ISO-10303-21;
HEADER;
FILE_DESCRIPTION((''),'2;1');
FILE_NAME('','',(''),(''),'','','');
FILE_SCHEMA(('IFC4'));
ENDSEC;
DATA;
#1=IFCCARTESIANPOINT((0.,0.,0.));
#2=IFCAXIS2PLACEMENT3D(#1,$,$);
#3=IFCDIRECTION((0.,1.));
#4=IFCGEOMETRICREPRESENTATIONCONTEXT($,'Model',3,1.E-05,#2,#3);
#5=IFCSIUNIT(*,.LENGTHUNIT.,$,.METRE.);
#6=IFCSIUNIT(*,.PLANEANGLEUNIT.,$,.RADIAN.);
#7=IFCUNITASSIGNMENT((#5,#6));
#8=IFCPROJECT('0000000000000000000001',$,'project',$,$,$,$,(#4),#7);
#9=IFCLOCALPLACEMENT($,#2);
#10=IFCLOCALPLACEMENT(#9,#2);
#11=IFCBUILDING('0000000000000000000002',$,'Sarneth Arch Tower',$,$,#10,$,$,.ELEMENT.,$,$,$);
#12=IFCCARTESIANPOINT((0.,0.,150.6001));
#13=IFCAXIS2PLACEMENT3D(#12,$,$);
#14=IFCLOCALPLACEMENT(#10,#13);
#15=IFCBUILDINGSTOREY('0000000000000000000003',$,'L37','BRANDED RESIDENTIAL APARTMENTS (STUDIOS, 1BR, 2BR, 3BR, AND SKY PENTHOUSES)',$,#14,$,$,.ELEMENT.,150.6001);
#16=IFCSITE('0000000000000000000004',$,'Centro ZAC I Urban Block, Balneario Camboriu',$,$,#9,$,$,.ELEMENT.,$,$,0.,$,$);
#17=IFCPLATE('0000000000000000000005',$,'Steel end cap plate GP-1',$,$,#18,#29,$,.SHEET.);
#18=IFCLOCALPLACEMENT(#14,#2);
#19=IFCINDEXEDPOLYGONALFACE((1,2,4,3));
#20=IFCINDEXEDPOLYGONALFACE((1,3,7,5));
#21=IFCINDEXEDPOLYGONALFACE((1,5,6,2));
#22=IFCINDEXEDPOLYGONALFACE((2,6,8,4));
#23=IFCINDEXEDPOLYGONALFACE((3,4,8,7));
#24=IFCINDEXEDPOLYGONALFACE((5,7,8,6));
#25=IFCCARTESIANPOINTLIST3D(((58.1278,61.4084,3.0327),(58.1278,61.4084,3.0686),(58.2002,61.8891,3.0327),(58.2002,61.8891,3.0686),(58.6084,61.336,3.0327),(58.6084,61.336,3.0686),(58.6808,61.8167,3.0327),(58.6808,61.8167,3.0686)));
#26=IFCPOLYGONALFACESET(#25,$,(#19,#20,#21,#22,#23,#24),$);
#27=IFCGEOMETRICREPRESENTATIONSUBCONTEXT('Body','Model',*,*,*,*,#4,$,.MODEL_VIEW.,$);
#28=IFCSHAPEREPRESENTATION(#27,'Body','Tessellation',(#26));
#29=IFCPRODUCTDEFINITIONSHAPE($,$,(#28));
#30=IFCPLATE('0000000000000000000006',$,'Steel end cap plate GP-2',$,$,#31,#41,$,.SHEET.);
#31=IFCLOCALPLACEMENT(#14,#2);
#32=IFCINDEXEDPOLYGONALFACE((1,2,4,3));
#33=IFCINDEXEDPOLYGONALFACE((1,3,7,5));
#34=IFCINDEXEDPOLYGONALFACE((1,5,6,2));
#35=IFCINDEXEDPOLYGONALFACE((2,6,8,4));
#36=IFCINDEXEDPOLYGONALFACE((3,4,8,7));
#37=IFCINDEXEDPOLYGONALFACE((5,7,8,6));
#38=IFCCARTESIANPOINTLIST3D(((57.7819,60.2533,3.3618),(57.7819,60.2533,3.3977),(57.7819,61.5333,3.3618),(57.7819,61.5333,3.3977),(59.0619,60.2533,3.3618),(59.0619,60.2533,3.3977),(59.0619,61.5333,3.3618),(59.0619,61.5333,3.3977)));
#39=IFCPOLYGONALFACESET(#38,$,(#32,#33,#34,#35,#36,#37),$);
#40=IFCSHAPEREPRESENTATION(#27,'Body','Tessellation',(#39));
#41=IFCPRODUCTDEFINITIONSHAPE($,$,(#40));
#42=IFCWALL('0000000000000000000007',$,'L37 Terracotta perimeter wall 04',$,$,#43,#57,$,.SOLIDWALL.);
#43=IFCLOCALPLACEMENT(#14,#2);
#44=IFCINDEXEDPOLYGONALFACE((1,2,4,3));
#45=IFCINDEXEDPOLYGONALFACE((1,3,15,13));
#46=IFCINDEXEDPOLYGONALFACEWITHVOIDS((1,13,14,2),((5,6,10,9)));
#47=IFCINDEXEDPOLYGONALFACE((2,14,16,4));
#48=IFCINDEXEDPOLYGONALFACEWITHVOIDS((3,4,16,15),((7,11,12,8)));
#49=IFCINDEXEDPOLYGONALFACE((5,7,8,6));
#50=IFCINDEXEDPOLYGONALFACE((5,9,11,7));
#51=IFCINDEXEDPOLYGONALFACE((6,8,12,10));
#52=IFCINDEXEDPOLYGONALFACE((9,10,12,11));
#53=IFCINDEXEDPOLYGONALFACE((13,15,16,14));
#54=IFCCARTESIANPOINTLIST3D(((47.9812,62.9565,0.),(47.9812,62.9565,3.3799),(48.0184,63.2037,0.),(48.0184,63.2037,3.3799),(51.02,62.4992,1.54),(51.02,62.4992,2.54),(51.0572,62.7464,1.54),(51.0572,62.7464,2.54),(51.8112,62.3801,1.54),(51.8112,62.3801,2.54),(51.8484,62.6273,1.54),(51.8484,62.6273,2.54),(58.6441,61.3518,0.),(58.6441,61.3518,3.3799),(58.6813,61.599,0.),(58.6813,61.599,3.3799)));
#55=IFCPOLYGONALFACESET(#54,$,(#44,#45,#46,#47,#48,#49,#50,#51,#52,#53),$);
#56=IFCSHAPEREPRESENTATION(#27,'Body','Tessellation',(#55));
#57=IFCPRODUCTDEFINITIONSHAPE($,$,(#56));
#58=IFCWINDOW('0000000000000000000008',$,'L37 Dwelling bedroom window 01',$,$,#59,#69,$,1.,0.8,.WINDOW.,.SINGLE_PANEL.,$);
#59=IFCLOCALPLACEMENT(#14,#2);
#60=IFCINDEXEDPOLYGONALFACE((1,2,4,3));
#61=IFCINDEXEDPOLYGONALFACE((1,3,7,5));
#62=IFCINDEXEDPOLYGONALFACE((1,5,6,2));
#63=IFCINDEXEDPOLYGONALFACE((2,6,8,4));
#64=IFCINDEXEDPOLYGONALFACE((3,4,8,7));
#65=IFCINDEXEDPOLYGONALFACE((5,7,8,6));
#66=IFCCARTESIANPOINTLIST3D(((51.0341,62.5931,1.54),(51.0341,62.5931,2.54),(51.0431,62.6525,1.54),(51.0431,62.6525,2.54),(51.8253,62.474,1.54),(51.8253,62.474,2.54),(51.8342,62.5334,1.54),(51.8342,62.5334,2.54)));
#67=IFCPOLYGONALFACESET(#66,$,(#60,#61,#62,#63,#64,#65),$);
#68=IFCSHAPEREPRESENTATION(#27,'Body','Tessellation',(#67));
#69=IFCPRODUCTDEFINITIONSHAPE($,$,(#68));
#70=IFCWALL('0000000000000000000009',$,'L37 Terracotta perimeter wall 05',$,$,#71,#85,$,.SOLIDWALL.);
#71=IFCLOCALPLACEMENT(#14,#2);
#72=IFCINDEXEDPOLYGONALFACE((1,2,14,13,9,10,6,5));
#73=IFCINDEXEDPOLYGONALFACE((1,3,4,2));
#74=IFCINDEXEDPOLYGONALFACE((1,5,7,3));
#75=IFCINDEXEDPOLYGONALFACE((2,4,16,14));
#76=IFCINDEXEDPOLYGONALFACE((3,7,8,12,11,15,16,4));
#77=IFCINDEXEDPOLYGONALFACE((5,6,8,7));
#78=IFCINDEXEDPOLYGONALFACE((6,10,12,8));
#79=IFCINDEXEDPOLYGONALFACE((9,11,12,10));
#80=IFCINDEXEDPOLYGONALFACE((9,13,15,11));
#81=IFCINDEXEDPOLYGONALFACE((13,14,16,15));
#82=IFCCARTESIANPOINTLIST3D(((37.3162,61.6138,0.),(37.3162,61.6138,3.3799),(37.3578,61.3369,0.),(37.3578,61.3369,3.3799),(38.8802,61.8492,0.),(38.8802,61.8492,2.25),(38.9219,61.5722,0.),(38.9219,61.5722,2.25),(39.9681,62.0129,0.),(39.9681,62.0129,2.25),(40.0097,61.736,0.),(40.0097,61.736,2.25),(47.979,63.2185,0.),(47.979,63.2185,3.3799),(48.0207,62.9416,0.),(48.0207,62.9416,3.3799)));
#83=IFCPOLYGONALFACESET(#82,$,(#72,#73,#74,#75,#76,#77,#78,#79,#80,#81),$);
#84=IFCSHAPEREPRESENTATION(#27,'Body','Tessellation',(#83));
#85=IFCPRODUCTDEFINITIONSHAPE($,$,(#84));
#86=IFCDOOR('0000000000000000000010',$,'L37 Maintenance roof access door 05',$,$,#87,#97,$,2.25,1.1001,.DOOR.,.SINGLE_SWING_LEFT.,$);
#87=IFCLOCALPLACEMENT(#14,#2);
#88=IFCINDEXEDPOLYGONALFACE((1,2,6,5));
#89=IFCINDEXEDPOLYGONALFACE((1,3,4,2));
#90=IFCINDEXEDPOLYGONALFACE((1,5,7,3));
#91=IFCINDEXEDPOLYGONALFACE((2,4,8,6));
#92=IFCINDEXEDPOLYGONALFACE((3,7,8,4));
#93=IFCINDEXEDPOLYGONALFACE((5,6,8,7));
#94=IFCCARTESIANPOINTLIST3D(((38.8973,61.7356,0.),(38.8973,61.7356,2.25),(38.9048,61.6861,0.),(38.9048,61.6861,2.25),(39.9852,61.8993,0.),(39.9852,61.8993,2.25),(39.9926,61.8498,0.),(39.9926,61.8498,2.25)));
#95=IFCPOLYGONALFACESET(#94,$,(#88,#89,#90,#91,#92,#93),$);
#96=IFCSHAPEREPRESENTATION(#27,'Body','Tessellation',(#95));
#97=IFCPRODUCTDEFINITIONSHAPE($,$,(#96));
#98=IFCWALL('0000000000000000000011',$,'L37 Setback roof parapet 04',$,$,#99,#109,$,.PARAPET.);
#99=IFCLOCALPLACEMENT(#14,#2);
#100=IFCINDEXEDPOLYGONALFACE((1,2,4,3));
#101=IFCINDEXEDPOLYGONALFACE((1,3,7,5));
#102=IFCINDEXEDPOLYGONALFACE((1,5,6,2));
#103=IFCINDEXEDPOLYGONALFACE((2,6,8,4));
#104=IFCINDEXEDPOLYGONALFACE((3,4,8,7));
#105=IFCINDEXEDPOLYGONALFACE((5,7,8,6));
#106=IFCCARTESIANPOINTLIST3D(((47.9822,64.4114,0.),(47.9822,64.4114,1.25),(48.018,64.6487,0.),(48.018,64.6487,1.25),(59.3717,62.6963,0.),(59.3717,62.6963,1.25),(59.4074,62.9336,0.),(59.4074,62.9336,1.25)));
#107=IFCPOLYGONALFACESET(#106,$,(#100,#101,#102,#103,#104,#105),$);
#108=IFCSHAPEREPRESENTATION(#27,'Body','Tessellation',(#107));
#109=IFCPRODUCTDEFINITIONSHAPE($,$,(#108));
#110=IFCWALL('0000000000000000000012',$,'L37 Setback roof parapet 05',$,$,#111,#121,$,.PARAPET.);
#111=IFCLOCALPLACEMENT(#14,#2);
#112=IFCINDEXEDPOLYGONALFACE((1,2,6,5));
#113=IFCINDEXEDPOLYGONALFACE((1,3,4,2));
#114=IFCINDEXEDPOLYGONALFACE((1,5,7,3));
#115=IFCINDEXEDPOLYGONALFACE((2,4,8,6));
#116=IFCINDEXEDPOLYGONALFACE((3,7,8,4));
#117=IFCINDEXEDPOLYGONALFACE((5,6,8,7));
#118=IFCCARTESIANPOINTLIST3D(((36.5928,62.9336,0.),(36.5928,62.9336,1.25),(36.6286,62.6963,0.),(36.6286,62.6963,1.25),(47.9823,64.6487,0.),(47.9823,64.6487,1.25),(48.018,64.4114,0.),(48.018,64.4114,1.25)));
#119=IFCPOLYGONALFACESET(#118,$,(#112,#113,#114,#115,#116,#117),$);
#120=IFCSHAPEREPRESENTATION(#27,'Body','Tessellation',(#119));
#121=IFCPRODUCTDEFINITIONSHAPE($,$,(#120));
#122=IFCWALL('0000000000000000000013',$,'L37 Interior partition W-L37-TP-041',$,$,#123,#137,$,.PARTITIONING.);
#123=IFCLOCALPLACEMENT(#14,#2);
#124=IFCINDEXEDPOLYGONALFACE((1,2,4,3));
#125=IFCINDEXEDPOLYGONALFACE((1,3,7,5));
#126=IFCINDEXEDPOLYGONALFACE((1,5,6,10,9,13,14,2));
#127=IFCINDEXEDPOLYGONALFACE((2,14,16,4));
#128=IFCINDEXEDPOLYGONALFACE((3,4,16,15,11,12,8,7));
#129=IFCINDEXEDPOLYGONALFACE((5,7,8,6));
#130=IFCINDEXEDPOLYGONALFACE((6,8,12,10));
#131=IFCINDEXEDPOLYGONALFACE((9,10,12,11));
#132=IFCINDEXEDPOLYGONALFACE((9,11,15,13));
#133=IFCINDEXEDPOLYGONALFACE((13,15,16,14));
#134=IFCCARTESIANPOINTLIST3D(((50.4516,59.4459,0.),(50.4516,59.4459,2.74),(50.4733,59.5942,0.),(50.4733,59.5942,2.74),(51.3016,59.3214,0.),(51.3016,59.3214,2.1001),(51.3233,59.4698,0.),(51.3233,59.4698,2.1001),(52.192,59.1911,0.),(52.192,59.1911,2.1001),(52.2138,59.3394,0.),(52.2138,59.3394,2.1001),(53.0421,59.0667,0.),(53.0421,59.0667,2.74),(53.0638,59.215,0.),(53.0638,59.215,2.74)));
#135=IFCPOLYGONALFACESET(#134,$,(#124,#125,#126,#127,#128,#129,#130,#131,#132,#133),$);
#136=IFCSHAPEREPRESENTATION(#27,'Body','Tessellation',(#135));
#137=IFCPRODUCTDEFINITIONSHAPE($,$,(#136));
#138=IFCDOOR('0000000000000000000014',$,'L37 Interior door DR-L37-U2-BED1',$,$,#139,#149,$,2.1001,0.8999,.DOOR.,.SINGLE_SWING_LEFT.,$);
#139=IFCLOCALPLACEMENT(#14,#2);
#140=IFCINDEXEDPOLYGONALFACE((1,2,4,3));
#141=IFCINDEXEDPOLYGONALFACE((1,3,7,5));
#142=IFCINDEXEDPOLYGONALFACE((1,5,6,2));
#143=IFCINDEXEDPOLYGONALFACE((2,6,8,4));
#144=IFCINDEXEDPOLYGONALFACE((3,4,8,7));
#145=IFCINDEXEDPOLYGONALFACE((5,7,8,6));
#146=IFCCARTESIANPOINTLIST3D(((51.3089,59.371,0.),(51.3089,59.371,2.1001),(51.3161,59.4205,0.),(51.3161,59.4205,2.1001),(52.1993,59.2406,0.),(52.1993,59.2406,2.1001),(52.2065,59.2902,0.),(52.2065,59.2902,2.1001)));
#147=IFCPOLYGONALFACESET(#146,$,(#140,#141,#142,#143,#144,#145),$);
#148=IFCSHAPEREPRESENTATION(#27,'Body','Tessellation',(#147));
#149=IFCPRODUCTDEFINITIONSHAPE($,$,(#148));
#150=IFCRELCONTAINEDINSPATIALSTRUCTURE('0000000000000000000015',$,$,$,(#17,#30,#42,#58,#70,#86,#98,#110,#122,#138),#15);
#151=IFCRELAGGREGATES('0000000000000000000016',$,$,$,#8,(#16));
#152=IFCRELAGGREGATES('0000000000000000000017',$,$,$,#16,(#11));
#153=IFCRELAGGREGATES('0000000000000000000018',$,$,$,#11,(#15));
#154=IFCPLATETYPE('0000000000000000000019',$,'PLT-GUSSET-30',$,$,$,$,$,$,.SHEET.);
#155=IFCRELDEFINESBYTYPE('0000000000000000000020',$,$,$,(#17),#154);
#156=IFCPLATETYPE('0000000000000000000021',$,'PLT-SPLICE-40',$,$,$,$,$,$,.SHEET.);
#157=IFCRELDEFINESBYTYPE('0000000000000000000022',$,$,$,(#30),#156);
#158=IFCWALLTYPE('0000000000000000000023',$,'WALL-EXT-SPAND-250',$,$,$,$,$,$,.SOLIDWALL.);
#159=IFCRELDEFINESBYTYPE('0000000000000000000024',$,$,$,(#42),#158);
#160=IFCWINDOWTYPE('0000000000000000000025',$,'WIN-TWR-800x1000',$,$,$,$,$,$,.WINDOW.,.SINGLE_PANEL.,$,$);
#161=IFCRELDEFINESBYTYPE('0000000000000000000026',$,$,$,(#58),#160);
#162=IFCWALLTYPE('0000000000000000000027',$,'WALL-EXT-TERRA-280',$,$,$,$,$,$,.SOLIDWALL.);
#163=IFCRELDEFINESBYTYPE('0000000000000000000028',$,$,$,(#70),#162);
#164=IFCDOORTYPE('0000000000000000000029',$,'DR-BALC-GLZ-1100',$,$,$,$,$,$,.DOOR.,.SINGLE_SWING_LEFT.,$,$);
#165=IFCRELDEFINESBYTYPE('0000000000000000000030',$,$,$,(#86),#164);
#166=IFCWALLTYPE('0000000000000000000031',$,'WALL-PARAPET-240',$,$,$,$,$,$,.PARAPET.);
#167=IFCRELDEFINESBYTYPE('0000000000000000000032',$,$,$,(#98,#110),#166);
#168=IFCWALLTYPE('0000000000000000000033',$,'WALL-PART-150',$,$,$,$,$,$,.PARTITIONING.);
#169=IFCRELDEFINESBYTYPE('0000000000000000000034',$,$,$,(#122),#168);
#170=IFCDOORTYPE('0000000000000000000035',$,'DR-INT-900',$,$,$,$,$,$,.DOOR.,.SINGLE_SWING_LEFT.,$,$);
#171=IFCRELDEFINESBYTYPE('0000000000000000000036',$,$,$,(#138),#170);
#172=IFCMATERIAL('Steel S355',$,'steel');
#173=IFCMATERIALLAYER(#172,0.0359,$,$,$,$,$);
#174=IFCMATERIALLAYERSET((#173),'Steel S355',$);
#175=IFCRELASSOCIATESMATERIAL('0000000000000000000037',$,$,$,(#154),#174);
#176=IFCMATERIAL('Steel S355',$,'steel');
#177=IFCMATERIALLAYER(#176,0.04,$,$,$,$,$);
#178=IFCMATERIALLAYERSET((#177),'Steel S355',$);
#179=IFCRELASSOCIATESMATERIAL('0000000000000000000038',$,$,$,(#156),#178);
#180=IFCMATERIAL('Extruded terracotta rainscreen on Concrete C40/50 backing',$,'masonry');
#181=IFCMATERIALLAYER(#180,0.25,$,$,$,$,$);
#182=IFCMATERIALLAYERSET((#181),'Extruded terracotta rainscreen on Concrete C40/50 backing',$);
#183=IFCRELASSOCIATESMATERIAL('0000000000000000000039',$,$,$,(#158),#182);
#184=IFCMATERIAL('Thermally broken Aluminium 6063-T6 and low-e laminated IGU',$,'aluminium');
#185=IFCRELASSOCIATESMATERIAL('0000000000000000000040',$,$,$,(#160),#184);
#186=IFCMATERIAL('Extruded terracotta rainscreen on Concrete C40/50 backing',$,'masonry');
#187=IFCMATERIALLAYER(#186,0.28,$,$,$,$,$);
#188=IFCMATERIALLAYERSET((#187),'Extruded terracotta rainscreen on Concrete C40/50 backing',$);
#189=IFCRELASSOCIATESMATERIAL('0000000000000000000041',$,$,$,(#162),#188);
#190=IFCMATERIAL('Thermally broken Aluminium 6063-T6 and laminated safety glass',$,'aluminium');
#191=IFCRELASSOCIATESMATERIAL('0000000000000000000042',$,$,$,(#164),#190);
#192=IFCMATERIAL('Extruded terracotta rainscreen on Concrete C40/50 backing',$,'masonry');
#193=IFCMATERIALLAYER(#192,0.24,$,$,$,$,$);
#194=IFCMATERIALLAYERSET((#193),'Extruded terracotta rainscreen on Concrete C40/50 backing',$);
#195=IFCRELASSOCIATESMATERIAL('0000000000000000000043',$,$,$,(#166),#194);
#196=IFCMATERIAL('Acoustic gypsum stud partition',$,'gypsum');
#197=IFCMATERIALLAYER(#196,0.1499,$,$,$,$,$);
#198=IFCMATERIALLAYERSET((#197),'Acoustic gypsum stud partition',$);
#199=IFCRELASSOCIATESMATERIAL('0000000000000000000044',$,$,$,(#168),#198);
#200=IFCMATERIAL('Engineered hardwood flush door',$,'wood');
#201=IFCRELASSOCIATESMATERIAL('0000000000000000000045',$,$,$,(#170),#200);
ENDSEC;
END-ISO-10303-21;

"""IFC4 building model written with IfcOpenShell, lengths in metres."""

from ifc_helpers import new_model, si_unit, direction, frame, frame_2d, origin, origin_2d, place, context, subcontext, project, spatial, rectangle, extrude, material, layer, layer_set, type_object, element, fill, save


model = new_model("IFC4")

# Units and contexts
model_context = context("Model", 3, precision=1e-05, world=origin(), true_north=direction((0.0, 1.0)))
body_context = subcontext(model_context, "Body", "Model", "MODEL_VIEW")
ifc_project = project(units=[si_unit("LENGTHUNIT", "METRE"), si_unit("PLANEANGLEUNIT", "RADIAN")], contexts=[model_context])

# Site, building, storey
site_placement = place(None, origin())
site = spatial("IfcSite", under=ifc_project, at=site_placement, Name="Centro ZAC I Urban Block, Balneario Camboriu", CompositionType="ELEMENT", RefElevation=0.0)
building_placement = place(site_placement, origin())
building = spatial("IfcBuilding", under=site, at=building_placement, Name="Sarneth Arch Tower", CompositionType="ELEMENT")
storey_placement = place(building_placement, frame((0.0, 0.0, 150.6001)))
storey = spatial("IfcBuildingStorey", under=building, at=storey_placement, Name="L37", Description="BRANDED RESIDENTIAL APARTMENTS (STUDIOS, 1BR, 2BR, 3BR, AND SKY PENTHOUSES)", CompositionType="ELEMENT", Elevation=150.6001)

# Plates
ifc_material_1 = material(Name="Steel S355", Category="steel")
ifc_layer_1 = layer(ifc_material_1, 0.0359)
ifc_layer_set_1 = layer_set([ifc_layer_1], Name="Steel S355")
plate_type_1 = type_object("IfcPlateType", Name="PLT-GUSSET-30", PredefinedType="SHEET", material=ifc_layer_set_1)
for number, where, z_axis, x_axis, name in (
    (1, (58.4043, 61.6125, 3.0327), (0.0, 0.0, 1.0), (-0.988835, 0.149018, 0.0), "Steel end cap plate GP-1"),
):
    element("IfcPlate", number, at=place(storey_placement, frame(where, z_axis=z_axis, x_axis=x_axis)), inside=storey, type_object=plate_type_1, Name=name, PredefinedType="SHEET", context=body_context, shape_type="SweptSolid", body=[
        extrude(rectangle(XDim=0.4861, YDim=0.4861, at=origin_2d()), origin(), (0.0, 0.0, 1.0), 0.0359),
    ])
ifc_material_2 = material(Name="Steel S355", Category="steel")
ifc_layer_2 = layer(ifc_material_2, 0.04)
ifc_layer_set_2 = layer_set([ifc_layer_2], Name="Steel S355")
plate_type_2 = type_object("IfcPlateType", Name="PLT-SPLICE-40", PredefinedType="SHEET", material=ifc_layer_set_2)
plate_placement = place(storey_placement, frame((58.4219, 60.8933, 3.3618), z_axis=(0.0, 0.0, 1.0), x_axis=(1.0, 0.0, 0.0)))
element("IfcPlate", 2, at=plate_placement, inside=storey, type_object=plate_type_2, Name="Steel end cap plate GP-2", PredefinedType="SHEET", context=body_context, shape_type="SweptSolid", body=[
    extrude(rectangle(XDim=1.28, YDim=1.28, at=origin_2d()), origin(), (0.0, 0.0, 1.0), 0.0359),
])

# Wall, opening, window
ifc_material_3 = material(Name="Extruded terracotta rainscreen on Concrete C40/50 backing", Category="masonry")
ifc_layer_3 = layer(ifc_material_3, 0.25)
ifc_layer_set_3 = layer_set([ifc_layer_3], Name="Extruded terracotta rainscreen on Concrete C40/50 backing")
wall_type_1 = type_object("IfcWallType", Name="WALL-EXT-SPAND-250", PredefinedType="SOLIDWALL", material=ifc_layer_set_3)
wall_1_placement = place(storey_placement, frame((58.6628, 61.4753, 0.0), z_axis=(0.0, 0.0, 1.0), x_axis=(-0.988864, 0.148822, 0.0)))
wall_1 = element("IfcWall", 3, at=wall_1_placement, inside=storey, type_object=wall_type_1, Name="L37 Terracotta perimeter wall 04", PredefinedType="SOLIDWALL", context=body_context, shape_type="SweptSolid", body=[
    extrude(rectangle(XDim=10.783, YDim=0.25, at=frame_2d((5.3916, 0.0))), origin(), (0.0, 0.0, 1.0), 3.3799),
])
opening_1_placement = place(wall_1_placement, frame((6.9102, 0.0, 1.54)))
opening_1 = element("IfcOpeningElement", 4, at=opening_1_placement, cuts=wall_1, PredefinedType="OPENING", context=body_context, shape_type="SweptSolid", body=[
    extrude(rectangle(XDim=0.8, YDim=1.0, at=frame_2d((0.3999, 0.5))), frame((0.0, 0.135, 0.0), z_axis=(0.0, -1.0, 0.0), x_axis=(1.0, 0.0, 0.0)), (0.0, 0.0, 1.0), 0.27),
])
ifc_material_4 = material(Name="Thermally broken Aluminium 6063-T6 and low-e laminated IGU", Category="aluminium")
window_type = type_object("IfcWindowType", Name="WIN-TWR-800x1000", PartitioningType="SINGLE_PANEL", PredefinedType="WINDOW", material=ifc_material_4)
window_placement = place(opening_1_placement, origin())
window = element("IfcWindow", 5, at=window_placement, inside=storey, type_object=window_type, Name="L37 Dwelling bedroom window 01", OverallHeight=1.0, OverallWidth=0.8, PartitioningType="SINGLE_PANEL", PredefinedType="WINDOW", context=body_context, shape_type="SweptSolid", body=[
    extrude(rectangle(XDim=0.8, YDim=1.0, at=frame_2d((0.3999, 0.5))), frame((0.0, 0.03, 0.0), z_axis=(0.0, -1.0, 0.0), x_axis=(1.0, 0.0, 0.0)), (0.0, 0.0, 1.0), 0.0601),
])
fill(opening_1, window)

# Wall, opening, door
ifc_material_5 = material(Name="Extruded terracotta rainscreen on Concrete C40/50 backing", Category="masonry")
ifc_layer_4 = layer(ifc_material_5, 0.28)
ifc_layer_set_4 = layer_set([ifc_layer_4], Name="Extruded terracotta rainscreen on Concrete C40/50 backing")
wall_type_2 = type_object("IfcWallType", Name="WALL-EXT-TERRA-280", PredefinedType="SOLIDWALL", material=ifc_layer_set_4)
wall_2_placement = place(storey_placement, frame((48.0, 63.0801, 0.0), z_axis=(0.0, 0.0, 1.0), x_axis=(-0.988864, -0.148822, 0.0)))
wall_2 = element("IfcWall", 6, at=wall_2_placement, inside=storey, type_object=wall_type_2, Name="L37 Terracotta perimeter wall 05", PredefinedType="SOLIDWALL", context=body_context, shape_type="SweptSolid", body=[
    extrude(rectangle(XDim=10.783, YDim=0.28, at=frame_2d((5.3916, 0.0))), origin(), (0.0, 0.0, 1.0), 3.3799),
])
opening_2_placement = place(wall_2_placement, frame((8.1013, 0.0, 0.0)))
opening_2 = element("IfcOpeningElement", 7, at=opening_2_placement, cuts=wall_2, PredefinedType="OPENING", context=body_context, shape_type="SweptSolid", body=[
    extrude(rectangle(XDim=1.1001, YDim=2.25, at=frame_2d((0.55, 1.125))), frame((0.0, 0.1499, 0.0), z_axis=(0.0, -1.0, 0.0), x_axis=(1.0, 0.0, 0.0)), (0.0, 0.0, 1.0), 0.3),
])
ifc_material_6 = material(Name="Thermally broken Aluminium 6063-T6 and laminated safety glass", Category="aluminium")
door_type_1 = type_object("IfcDoorType", Name="DR-BALC-GLZ-1100", OperationType="SINGLE_SWING_LEFT", PredefinedType="DOOR", material=ifc_material_6)
door_1_placement = place(opening_2_placement, origin())
door_1 = element("IfcDoor", 8, at=door_1_placement, inside=storey, type_object=door_type_1, Name="L37 Maintenance roof access door 05", OperationType="SINGLE_SWING_LEFT", OverallHeight=2.25, OverallWidth=1.1001, PredefinedType="DOOR", context=body_context, shape_type="SweptSolid", body=[
    extrude(rectangle(XDim=1.1001, YDim=2.25, at=frame_2d((0.55, 1.125))), frame((0.0, 0.0249, 0.0), z_axis=(0.0, -1.0, 0.0), x_axis=(1.0, 0.0, 0.0)), (0.0, 0.0, 1.0), 0.05),
])
fill(opening_2, door_1)

# Walls
ifc_material_7 = material(Name="Extruded terracotta rainscreen on Concrete C40/50 backing", Category="masonry")
ifc_layer_5 = layer(ifc_material_7, 0.24)
ifc_layer_set_5 = layer_set([ifc_layer_5], Name="Extruded terracotta rainscreen on Concrete C40/50 backing")
wall_type_3 = type_object("IfcWallType", Name="WALL-PARAPET-240", PredefinedType="PARAPET", material=ifc_layer_set_5)
for number, where, z_axis, x_axis, name in (
    (9, (59.3894, 62.8149, 0.0), (0.0, 0.0, 1.0), (-0.988851, 0.148907, 0.0), "L37 Setback roof parapet 04"),
    (10, (48.0, 64.53, 0.0), (0.0, 0.0, 1.0), (-0.988851, -0.148907, 0.0), "L37 Setback roof parapet 05"),
):
    element("IfcWall", number, at=place(storey_placement, frame(where, z_axis=z_axis, x_axis=x_axis)), inside=storey, type_object=wall_type_3, Name=name, PredefinedType="PARAPET", context=body_context, shape_type="SweptSolid", body=[
        extrude(rectangle(XDim=11.5178, YDim=0.24, at=frame_2d((5.7588, 0.0))), origin(), (0.0, 0.0, 1.0), 1.25),
    ])

# Wall, opening, door
ifc_material_8 = material(Name="Acoustic gypsum stud partition", Category="gypsum")
ifc_layer_6 = layer(ifc_material_8, 0.1499)
ifc_layer_set_6 = layer_set([ifc_layer_6], Name="Acoustic gypsum stud partition")
wall_type_4 = type_object("IfcWallType", Name="WALL-PART-150", PredefinedType="PARTITIONING", material=ifc_layer_set_6)
wall_3_placement = place(storey_placement, frame((53.053, 59.1409, 0.0), z_axis=(0.0, 0.0, 1.0), x_axis=(-0.989459, 0.144815, 0.0)))
wall_3 = element("IfcWall", 11, at=wall_3_placement, inside=storey, type_object=wall_type_4, Name="L37 Interior partition W-L37-TP-041", PredefinedType="PARTITIONING", context=body_context, shape_type="SweptSolid", body=[
    extrude(rectangle(XDim=2.6182, YDim=0.1499, at=frame_2d((1.3091, 0.0))), origin(), (0.0, 0.0, 1.0), 2.74),
])
opening_3_placement = place(wall_3_placement, frame((0.8591, 0.0, 0.0)))
opening_3 = element("IfcOpeningElement", 12, at=opening_3_placement, cuts=wall_3, PredefinedType="OPENING", context=body_context, shape_type="SweptSolid", body=[
    extrude(rectangle(XDim=0.8999, YDim=2.1001, at=frame_2d((0.45, 1.05))), frame((0.0, 0.085, 0.0), z_axis=(0.0, -1.0, 0.0), x_axis=(1.0, 0.0, 0.0)), (0.0, 0.0, 1.0), 0.1699),
])
ifc_material_9 = material(Name="Engineered hardwood flush door", Category="wood")
door_type_2 = type_object("IfcDoorType", Name="DR-INT-900", OperationType="SINGLE_SWING_LEFT", PredefinedType="DOOR", material=ifc_material_9)
door_2_placement = place(opening_3_placement, origin())
door_2 = element("IfcDoor", 13, at=door_2_placement, inside=storey, type_object=door_type_2, Name="L37 Interior door DR-L37-U2-BED1", OperationType="SINGLE_SWING_LEFT", OverallHeight=2.1001, OverallWidth=0.8999, PredefinedType="DOOR", context=body_context, shape_type="SweptSolid", body=[
    extrude(rectangle(XDim=0.8999, YDim=2.1001, at=frame_2d((0.45, 1.05))), frame((0.0, 0.0249, 0.0), z_axis=(0.0, -1.0, 0.0), x_axis=(1.0, 0.0, 0.0)), (0.0, 0.0, 1.0), 0.05),
])
fill(opening_3, door_2)

save(model, "model.ifc")
